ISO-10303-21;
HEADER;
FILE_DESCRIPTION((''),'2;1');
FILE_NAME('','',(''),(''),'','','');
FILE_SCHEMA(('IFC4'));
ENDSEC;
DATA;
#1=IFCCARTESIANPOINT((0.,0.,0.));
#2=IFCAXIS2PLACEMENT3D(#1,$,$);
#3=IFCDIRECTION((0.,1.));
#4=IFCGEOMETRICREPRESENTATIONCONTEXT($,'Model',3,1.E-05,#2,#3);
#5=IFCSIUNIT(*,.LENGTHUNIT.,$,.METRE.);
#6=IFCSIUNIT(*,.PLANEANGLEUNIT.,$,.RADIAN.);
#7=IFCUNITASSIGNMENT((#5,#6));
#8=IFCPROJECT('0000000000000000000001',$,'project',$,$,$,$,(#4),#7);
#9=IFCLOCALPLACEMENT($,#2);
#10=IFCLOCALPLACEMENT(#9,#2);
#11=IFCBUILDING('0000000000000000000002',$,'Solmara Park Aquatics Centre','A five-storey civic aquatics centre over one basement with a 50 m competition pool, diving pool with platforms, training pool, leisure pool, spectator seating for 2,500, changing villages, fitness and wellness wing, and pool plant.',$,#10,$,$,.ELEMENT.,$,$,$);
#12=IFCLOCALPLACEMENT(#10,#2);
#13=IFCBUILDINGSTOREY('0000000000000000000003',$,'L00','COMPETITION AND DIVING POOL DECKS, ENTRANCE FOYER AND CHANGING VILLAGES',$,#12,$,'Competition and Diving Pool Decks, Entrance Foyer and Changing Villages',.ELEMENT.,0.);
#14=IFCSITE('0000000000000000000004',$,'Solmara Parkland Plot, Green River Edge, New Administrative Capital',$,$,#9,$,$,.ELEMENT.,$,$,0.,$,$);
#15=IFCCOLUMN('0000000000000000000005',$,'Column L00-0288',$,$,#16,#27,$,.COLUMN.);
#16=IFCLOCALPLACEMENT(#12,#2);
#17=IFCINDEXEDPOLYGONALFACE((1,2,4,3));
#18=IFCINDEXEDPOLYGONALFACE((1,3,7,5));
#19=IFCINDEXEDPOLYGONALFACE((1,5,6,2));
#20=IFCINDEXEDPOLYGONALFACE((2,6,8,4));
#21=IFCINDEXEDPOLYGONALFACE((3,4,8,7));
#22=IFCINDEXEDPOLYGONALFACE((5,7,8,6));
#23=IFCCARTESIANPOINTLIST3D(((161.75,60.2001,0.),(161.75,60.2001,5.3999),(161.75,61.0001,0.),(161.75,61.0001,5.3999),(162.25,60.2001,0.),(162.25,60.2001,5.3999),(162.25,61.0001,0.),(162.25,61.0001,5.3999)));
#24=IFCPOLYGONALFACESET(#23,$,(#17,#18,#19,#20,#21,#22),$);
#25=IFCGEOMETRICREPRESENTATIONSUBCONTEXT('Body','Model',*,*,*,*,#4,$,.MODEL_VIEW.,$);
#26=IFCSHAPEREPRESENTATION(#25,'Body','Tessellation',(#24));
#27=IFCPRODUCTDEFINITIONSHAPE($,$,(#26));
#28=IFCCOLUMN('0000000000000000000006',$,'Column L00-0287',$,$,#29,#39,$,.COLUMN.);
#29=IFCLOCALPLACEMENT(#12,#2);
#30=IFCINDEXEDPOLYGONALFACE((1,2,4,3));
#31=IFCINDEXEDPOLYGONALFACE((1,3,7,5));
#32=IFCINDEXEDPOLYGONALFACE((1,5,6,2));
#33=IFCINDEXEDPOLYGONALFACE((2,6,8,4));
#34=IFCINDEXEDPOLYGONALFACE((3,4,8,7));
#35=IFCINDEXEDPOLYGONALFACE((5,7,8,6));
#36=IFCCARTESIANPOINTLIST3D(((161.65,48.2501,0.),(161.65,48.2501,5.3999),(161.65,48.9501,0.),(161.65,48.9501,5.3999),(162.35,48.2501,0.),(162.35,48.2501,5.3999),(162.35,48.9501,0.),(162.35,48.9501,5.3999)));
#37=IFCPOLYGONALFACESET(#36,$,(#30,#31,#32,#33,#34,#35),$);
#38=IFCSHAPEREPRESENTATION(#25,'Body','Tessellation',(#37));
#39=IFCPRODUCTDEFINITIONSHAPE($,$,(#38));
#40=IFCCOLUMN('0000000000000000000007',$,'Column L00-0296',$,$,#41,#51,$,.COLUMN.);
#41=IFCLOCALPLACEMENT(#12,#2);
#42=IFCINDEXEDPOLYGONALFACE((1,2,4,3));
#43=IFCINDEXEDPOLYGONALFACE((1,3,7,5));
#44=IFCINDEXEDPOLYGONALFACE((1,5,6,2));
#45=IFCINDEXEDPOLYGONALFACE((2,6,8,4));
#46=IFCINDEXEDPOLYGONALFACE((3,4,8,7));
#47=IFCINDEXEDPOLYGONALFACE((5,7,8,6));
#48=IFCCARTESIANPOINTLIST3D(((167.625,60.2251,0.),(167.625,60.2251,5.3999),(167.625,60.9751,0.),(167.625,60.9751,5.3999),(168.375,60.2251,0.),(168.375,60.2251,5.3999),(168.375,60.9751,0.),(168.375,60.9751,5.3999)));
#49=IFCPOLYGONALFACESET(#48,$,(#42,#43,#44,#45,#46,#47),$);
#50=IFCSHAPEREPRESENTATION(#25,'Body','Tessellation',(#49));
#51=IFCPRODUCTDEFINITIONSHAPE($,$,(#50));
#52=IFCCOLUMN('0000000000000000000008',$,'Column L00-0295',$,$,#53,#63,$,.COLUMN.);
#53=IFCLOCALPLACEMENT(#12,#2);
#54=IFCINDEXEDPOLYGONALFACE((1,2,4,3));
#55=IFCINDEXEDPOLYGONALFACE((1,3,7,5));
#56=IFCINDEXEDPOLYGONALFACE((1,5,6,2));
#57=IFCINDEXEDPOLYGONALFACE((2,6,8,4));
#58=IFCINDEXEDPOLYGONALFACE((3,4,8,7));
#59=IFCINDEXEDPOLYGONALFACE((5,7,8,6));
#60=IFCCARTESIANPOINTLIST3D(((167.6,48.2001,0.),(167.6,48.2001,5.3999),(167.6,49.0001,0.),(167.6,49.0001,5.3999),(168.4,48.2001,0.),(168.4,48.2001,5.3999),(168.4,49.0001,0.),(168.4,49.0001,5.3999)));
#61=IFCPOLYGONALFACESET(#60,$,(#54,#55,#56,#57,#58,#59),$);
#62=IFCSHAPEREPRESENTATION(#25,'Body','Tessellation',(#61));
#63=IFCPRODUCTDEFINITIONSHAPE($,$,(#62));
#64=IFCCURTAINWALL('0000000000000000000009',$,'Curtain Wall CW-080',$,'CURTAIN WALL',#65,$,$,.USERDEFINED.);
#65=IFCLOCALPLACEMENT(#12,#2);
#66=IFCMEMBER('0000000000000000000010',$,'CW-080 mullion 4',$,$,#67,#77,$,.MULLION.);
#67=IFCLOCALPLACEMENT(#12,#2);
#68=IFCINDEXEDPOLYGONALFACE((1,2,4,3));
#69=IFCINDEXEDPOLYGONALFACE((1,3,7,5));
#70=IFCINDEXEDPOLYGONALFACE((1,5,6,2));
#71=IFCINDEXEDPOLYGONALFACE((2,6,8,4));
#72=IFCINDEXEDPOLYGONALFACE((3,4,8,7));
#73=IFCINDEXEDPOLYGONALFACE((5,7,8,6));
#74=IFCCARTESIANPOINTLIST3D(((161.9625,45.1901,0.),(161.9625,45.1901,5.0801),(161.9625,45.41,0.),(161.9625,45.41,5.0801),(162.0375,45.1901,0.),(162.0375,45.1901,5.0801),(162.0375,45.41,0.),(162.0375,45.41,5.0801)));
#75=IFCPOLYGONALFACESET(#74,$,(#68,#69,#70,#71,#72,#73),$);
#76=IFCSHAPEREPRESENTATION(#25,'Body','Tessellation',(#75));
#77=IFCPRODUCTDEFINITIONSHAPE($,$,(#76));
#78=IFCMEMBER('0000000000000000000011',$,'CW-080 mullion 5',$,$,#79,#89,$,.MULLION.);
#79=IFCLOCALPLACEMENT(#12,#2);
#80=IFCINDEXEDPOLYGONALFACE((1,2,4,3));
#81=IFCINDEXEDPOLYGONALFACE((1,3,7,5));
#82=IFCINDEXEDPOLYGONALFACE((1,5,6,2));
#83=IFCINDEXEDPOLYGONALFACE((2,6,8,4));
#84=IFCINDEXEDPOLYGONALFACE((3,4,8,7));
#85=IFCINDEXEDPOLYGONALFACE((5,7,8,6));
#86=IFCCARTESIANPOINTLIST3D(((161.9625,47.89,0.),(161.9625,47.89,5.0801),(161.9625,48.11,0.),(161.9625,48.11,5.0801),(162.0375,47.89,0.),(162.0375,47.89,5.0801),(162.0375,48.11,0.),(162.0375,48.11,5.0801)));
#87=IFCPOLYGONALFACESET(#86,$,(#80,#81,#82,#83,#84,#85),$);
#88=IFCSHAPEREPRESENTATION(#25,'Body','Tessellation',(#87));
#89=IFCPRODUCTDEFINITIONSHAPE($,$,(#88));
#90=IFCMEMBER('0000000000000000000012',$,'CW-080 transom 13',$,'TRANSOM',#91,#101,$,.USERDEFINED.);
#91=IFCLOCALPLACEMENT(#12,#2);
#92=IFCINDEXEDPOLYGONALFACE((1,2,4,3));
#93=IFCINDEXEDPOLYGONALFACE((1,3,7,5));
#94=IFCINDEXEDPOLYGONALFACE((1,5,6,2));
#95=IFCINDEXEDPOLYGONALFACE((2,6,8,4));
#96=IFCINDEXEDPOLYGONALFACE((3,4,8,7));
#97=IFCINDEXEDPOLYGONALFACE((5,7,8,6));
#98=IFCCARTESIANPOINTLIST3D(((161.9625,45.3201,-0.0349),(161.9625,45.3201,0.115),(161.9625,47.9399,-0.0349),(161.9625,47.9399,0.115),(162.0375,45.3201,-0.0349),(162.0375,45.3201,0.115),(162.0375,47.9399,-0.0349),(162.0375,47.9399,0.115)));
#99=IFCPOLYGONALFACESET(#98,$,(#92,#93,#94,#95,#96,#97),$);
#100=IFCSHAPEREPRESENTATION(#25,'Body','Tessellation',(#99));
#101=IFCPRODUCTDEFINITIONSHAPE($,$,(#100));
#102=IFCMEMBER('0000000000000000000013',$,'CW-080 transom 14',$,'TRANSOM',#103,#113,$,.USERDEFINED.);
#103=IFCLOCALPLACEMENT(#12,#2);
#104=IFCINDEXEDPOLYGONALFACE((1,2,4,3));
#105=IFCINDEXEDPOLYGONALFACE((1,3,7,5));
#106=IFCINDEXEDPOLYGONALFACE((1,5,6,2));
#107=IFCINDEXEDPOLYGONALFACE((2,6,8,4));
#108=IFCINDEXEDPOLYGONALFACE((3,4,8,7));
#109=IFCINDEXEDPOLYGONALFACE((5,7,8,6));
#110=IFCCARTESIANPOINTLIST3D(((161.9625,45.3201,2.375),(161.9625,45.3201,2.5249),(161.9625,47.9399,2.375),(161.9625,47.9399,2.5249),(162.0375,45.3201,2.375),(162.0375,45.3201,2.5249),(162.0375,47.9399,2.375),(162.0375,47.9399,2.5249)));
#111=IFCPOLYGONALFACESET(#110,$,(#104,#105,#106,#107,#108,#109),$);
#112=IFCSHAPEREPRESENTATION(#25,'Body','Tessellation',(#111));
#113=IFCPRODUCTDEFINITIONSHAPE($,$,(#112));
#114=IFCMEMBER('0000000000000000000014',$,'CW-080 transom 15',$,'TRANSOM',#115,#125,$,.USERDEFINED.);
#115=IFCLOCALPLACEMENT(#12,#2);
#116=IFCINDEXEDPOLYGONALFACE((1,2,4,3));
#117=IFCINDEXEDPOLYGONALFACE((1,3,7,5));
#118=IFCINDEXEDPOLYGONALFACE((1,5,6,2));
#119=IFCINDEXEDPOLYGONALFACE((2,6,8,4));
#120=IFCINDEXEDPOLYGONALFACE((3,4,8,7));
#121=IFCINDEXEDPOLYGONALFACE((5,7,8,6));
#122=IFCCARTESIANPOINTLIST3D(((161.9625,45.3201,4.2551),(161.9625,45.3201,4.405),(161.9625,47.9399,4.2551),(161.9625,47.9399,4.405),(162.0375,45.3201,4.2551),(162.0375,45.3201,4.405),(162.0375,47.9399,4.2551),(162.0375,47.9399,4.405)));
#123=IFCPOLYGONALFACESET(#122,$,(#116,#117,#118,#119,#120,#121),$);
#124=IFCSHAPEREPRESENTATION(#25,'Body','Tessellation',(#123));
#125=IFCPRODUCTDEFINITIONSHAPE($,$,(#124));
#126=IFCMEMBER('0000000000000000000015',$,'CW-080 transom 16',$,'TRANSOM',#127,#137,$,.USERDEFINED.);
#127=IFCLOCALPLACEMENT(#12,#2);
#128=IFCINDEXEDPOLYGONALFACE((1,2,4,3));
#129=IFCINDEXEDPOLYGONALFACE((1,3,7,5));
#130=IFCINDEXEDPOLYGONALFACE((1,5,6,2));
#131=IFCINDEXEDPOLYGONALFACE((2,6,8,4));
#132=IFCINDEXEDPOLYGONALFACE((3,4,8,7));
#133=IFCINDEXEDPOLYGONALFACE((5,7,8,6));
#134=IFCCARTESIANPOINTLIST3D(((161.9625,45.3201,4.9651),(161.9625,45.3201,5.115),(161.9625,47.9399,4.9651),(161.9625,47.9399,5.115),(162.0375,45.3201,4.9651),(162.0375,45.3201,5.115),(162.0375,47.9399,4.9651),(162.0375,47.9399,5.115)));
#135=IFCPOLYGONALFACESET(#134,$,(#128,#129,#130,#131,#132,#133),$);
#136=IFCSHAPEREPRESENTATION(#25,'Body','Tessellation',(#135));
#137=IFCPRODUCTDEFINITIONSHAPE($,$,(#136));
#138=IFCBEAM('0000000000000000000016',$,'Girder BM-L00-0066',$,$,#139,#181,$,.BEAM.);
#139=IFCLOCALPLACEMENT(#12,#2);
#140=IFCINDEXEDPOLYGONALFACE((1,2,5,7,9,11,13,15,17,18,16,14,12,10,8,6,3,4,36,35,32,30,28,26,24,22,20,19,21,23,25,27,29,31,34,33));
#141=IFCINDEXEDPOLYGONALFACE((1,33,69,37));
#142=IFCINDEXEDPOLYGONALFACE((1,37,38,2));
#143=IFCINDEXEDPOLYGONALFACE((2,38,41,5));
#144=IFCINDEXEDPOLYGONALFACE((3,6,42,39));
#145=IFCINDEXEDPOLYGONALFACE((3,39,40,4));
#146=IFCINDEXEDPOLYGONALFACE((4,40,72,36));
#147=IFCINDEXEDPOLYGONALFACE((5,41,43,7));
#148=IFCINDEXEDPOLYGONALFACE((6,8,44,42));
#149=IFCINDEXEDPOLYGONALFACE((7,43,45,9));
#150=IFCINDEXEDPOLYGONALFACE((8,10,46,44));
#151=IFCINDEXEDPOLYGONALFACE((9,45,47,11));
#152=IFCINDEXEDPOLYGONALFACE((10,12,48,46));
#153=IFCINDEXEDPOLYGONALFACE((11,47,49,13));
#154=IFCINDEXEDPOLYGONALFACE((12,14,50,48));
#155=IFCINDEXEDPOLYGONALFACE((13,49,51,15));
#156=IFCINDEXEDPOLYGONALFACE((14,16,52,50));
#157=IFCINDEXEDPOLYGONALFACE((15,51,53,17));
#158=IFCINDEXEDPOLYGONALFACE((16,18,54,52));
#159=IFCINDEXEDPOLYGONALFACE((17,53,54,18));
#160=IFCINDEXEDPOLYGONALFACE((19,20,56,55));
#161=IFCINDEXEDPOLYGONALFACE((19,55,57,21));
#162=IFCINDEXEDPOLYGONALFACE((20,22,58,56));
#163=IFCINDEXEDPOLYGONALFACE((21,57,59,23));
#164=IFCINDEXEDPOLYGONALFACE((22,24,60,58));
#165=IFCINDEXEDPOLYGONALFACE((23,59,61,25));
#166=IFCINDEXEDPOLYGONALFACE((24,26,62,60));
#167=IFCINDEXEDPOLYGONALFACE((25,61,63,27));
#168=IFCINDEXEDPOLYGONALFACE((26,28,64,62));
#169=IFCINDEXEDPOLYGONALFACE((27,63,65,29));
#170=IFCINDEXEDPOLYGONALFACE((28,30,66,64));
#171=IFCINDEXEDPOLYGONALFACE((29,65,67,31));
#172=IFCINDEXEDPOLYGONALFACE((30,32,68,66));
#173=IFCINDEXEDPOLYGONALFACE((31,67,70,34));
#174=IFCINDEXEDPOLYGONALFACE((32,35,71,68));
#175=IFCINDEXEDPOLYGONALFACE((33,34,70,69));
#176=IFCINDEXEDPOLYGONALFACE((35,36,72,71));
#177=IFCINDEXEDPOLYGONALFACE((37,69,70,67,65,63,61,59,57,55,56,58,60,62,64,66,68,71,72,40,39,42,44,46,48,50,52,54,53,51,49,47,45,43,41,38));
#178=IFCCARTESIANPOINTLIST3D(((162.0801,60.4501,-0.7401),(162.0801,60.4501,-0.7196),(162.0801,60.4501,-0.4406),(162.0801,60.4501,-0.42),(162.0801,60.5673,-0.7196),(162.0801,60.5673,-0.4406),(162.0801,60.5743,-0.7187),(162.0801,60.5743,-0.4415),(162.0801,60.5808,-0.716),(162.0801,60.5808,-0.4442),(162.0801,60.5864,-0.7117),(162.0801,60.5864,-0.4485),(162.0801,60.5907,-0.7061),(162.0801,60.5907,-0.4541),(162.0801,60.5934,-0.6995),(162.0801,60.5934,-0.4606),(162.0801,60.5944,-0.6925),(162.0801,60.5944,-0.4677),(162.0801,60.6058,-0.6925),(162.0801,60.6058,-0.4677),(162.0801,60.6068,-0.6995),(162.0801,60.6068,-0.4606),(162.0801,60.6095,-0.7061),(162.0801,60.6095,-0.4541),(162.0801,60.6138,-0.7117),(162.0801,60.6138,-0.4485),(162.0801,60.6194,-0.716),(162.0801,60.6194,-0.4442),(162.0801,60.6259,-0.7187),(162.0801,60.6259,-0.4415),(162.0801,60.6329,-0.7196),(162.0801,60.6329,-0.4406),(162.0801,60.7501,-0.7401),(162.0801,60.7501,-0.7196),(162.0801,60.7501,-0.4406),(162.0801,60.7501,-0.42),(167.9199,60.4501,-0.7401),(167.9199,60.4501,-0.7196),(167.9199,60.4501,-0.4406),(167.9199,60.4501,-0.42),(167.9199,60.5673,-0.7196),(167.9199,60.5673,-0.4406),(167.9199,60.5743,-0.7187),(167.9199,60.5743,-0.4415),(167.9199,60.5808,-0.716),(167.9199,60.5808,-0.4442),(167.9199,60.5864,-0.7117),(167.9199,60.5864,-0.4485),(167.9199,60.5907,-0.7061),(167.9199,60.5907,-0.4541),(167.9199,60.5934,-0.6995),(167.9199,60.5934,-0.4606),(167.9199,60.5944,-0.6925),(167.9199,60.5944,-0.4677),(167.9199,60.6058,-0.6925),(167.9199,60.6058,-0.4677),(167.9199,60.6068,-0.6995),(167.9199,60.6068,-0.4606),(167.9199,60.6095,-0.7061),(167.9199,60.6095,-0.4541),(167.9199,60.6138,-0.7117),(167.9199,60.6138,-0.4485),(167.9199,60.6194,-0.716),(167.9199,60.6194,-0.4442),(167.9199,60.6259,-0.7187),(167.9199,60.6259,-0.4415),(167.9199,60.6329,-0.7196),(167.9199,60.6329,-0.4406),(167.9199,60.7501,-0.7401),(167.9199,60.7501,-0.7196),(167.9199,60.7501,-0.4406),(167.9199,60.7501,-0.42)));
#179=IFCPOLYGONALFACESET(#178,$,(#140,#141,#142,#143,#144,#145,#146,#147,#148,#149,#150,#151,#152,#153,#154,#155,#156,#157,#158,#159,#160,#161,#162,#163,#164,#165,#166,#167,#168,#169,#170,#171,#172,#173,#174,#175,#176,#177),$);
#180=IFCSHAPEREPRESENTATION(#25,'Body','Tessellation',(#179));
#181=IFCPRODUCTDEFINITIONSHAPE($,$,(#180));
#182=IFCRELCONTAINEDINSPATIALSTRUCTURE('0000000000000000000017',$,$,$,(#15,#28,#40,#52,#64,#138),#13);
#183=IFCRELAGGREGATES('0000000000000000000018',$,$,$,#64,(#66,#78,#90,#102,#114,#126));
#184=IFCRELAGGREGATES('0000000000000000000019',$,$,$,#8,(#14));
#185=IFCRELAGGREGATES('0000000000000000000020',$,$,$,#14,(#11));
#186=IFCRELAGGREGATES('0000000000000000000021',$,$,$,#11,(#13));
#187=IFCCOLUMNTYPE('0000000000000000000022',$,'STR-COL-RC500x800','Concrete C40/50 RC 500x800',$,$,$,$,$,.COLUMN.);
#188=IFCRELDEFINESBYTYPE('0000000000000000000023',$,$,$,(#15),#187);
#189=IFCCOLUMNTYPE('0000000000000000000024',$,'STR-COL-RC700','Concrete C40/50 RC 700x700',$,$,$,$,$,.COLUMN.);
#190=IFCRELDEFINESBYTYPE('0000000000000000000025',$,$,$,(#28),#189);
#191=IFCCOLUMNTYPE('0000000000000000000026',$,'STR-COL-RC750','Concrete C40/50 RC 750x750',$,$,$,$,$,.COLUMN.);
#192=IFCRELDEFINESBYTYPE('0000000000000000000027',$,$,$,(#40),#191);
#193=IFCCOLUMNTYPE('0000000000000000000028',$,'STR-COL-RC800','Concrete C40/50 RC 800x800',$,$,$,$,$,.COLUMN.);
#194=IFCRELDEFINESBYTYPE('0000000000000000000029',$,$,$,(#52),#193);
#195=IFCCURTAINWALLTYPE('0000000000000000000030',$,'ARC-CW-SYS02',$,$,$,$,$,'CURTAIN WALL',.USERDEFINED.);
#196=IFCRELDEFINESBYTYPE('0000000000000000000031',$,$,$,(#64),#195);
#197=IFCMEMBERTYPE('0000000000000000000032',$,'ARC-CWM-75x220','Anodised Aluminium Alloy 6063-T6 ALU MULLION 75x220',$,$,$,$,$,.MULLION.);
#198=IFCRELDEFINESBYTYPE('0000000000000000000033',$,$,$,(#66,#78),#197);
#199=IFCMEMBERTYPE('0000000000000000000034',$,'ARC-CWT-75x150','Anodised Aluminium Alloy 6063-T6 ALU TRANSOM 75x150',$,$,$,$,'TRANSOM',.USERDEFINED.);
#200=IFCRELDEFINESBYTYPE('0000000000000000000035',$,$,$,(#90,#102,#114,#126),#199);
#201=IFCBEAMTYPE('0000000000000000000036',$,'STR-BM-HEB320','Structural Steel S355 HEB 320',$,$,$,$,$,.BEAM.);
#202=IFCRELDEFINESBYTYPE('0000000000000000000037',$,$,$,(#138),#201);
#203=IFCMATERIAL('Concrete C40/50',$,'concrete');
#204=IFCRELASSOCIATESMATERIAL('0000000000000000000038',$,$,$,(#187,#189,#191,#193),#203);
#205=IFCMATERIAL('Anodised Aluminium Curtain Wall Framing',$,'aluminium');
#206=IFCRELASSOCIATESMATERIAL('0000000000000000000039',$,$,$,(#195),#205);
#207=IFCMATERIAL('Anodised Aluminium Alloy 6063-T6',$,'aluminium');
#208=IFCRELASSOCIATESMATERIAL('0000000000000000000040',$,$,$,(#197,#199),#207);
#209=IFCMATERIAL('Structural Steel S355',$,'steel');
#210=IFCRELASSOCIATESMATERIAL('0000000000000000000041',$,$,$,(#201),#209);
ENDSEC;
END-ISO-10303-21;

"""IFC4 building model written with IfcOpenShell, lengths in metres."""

from ifc_helpers import new_model, si_unit, direction, frame, origin, origin_2d, place, context, subcontext, project, spatial, rectangle, i_section, extrude, material, material_profile, profile_set, type_object, element, aggregate, save


model = new_model("IFC4")

# Units and contexts
model_context = context("Model", 3, precision=1e-05, world=origin(), true_north=direction((0.0, 1.0)))
body_context = subcontext(model_context, "Body", "Model", "MODEL_VIEW")
ifc_project = project(units=[si_unit("LENGTHUNIT", "METRE"), si_unit("PLANEANGLEUNIT", "RADIAN")], contexts=[model_context])

# Site, building, storey
site_placement = place(None, origin())
site = spatial("IfcSite", under=ifc_project, at=site_placement, Name="Solmara Parkland Plot, Green River Edge, New Administrative Capital", CompositionType="ELEMENT", RefElevation=0.0)
building_placement = place(site_placement, origin())
building = spatial("IfcBuilding", under=site, at=building_placement, Name="Solmara Park Aquatics Centre", Description="A five-storey civic aquatics centre over one basement with a 50 m competition pool, diving pool with platforms, training pool, leisure pool, spectator seating for 2,500, changing villages, fitness and wellness wing, and pool plant.", CompositionType="ELEMENT")
storey_placement = place(building_placement, origin())
storey = spatial("IfcBuildingStorey", under=building, at=storey_placement, Name="L00", Description="COMPETITION AND DIVING POOL DECKS, ENTRANCE FOYER AND CHANGING VILLAGES", LongName="Competition and Diving Pool Decks, Entrance Foyer and Changing Villages", CompositionType="ELEMENT", Elevation=0.0)

# Columns
ifc_material_1 = material(Name="Concrete C40/50", Category="concrete")
ifc_material_profile_1 = material_profile(ifc_material_1, rectangle(XDim=0.5, YDim=0.8, at=origin_2d()), Name="RC 500x800")
ifc_profile_set_1 = profile_set([ifc_material_profile_1], Name="Concrete C40/50")
column_type_1 = type_object("IfcColumnType", Name="STR-COL-RC500x800", Description="Concrete C40/50 RC 500x800", PredefinedType="COLUMN", material=ifc_profile_set_1)
column_1_placement = place(storey_placement, frame((162.0, 60.6001, 0.0), z_axis=(0.0, 0.0, 1.0), x_axis=(1.0, 0.0, 0.0)))
element("IfcColumn", 1, at=column_1_placement, inside=storey, type_object=column_type_1, Name="Column L00-0288", PredefinedType="COLUMN", context=body_context, shape_type="SweptSolid", body=[
    extrude(rectangle(XDim=0.5, YDim=0.8, at=origin_2d()), origin(), (0.0, 0.0, 1.0), 5.3999),
])
ifc_material_profile_2 = material_profile(ifc_material_1, rectangle(XDim=0.7, YDim=0.7, at=origin_2d()), Name="RC 700x700")
ifc_profile_set_2 = profile_set([ifc_material_profile_2], Name="Concrete C40/50")
column_type_2 = type_object("IfcColumnType", Name="STR-COL-RC700", Description="Concrete C40/50 RC 700x700", PredefinedType="COLUMN", material=ifc_profile_set_2)
column_2_placement = place(storey_placement, frame((162.0, 48.6001, 0.0), z_axis=(0.0, 0.0, 1.0), x_axis=(1.0, 0.0, 0.0)))
element("IfcColumn", 2, at=column_2_placement, inside=storey, type_object=column_type_2, Name="Column L00-0287", PredefinedType="COLUMN", context=body_context, shape_type="SweptSolid", body=[
    extrude(rectangle(XDim=0.7, YDim=0.7, at=origin_2d()), origin(), (0.0, 0.0, 1.0), 5.3999),
])
ifc_material_profile_3 = material_profile(ifc_material_1, rectangle(XDim=0.75, YDim=0.75, at=origin_2d()), Name="RC 750x750")
ifc_profile_set_3 = profile_set([ifc_material_profile_3], Name="Concrete C40/50")
column_type_3 = type_object("IfcColumnType", Name="STR-COL-RC750", Description="Concrete C40/50 RC 750x750", PredefinedType="COLUMN", material=ifc_profile_set_3)
column_3_placement = place(storey_placement, frame((168.0, 60.6001, 0.0), z_axis=(0.0, 0.0, 1.0), x_axis=(1.0, 0.0, 0.0)))
element("IfcColumn", 3, at=column_3_placement, inside=storey, type_object=column_type_3, Name="Column L00-0296", PredefinedType="COLUMN", context=body_context, shape_type="SweptSolid", body=[
    extrude(rectangle(XDim=0.75, YDim=0.75, at=origin_2d()), origin(), (0.0, 0.0, 1.0), 5.3999),
])
ifc_material_profile_4 = material_profile(ifc_material_1, rectangle(XDim=0.8, YDim=0.8, at=origin_2d()), Name="RC 800x800")
ifc_profile_set_4 = profile_set([ifc_material_profile_4], Name="Concrete C40/50")
column_type_4 = type_object("IfcColumnType", Name="STR-COL-RC800", Description="Concrete C40/50 RC 800x800", PredefinedType="COLUMN", material=ifc_profile_set_4)
column_4_placement = place(storey_placement, frame((168.0, 48.6001, 0.0), z_axis=(0.0, 0.0, 1.0), x_axis=(1.0, 0.0, 0.0)))
element("IfcColumn", 4, at=column_4_placement, inside=storey, type_object=column_type_4, Name="Column L00-0295", PredefinedType="COLUMN", context=body_context, shape_type="SweptSolid", body=[
    extrude(rectangle(XDim=0.8, YDim=0.8, at=origin_2d()), origin(), (0.0, 0.0, 1.0), 5.3999),
])

# Curtain wall, members
ifc_material_2 = material(Name="Anodised Aluminium Curtain Wall Framing", Category="aluminium")
curtain_wall_type = type_object("IfcCurtainWallType", Name="ARC-CW-SYS02", ElementType="CURTAIN WALL", PredefinedType="USERDEFINED", material=ifc_material_2)
curtain_wall_placement = place(storey_placement, origin())
curtain_wall = element("IfcCurtainWall", 5, at=curtain_wall_placement, inside=storey, type_object=curtain_wall_type, Name="Curtain Wall CW-080", ObjectType="CURTAIN WALL", PredefinedType="USERDEFINED")
ifc_material_3 = material(Name="Anodised Aluminium Alloy 6063-T6", Category="aluminium")
ifc_material_profile_5 = material_profile(ifc_material_3, rectangle(XDim=0.075, YDim=0.22, at=origin_2d()), Name="ALU MULLION 75x220")
ifc_profile_set_5 = profile_set([ifc_material_profile_5], Name="Anodised Aluminium Alloy 6063-T6")
member_type_1 = type_object("IfcMemberType", Name="ARC-CWM-75x220", Description="Anodised Aluminium Alloy 6063-T6 ALU MULLION 75x220", PredefinedType="MULLION", material=ifc_profile_set_5)
member_1_placement = place(storey_placement, frame((162.0, 45.3, 0.0), z_axis=(0.0, 0.0, 1.0), x_axis=(1.0, 0.0, 0.0)))
member_1 = element("IfcMember", 6, at=member_1_placement, type_object=member_type_1, Name="CW-080 mullion 4", PredefinedType="MULLION", context=body_context, shape_type="SweptSolid", body=[
    extrude(rectangle(XDim=0.075, YDim=0.22, at=origin_2d()), origin(), (0.0, 0.0, 1.0), 5.0801),
])
member_2_placement = place(storey_placement, frame((162.0, 48.0, 0.0), z_axis=(0.0, 0.0, 1.0), x_axis=(1.0, 0.0, 0.0)))
member_2 = element("IfcMember", 7, at=member_2_placement, type_object=member_type_1, Name="CW-080 mullion 5", PredefinedType="MULLION", context=body_context, shape_type="SweptSolid", body=[
    extrude(rectangle(XDim=0.075, YDim=0.22, at=origin_2d()), origin(), (0.0, 0.0, 1.0), 5.0801),
])
ifc_material_profile_6 = material_profile(ifc_material_3, rectangle(XDim=0.075, YDim=0.1499, at=origin_2d()), Name="ALU TRANSOM 75x150")
ifc_profile_set_6 = profile_set([ifc_material_profile_6], Name="Anodised Aluminium Alloy 6063-T6")
member_type_2 = type_object("IfcMemberType", Name="ARC-CWT-75x150", Description="Anodised Aluminium Alloy 6063-T6 ALU TRANSOM 75x150", ElementType="TRANSOM", PredefinedType="USERDEFINED", material=ifc_profile_set_6)
member_3_placement = place(storey_placement, frame((162.0, 45.3201, 0.04), z_axis=(0.0, 1.0, 0.0), x_axis=(-1.0, 0.0, 0.0)))
member_3 = element("IfcMember", 8, at=member_3_placement, type_object=member_type_2, Name="CW-080 transom 13", ObjectType="TRANSOM", PredefinedType="USERDEFINED", context=body_context, shape_type="SweptSolid", body=[
    extrude(rectangle(XDim=0.075, YDim=0.1499, at=origin_2d()), origin(), (0.0, 0.0, 1.0), 2.6199),
])
member_4_placement = place(storey_placement, frame((162.0, 45.3201, 2.45), z_axis=(0.0, 1.0, 0.0), x_axis=(-1.0, 0.0, 0.0)))
member_4 = element("IfcMember", 9, at=member_4_placement, type_object=member_type_2, Name="CW-080 transom 14", ObjectType="TRANSOM", PredefinedType="USERDEFINED", context=body_context, shape_type="SweptSolid", body=[
    extrude(rectangle(XDim=0.075, YDim=0.1499, at=origin_2d()), origin(), (0.0, 0.0, 1.0), 2.6199),
])
member_5_placement = place(storey_placement, frame((162.0, 45.3201, 4.3301), z_axis=(0.0, 1.0, 0.0), x_axis=(-1.0, 0.0, 0.0)))
member_5 = element("IfcMember", 10, at=member_5_placement, type_object=member_type_2, Name="CW-080 transom 15", ObjectType="TRANSOM", PredefinedType="USERDEFINED", context=body_context, shape_type="SweptSolid", body=[
    extrude(rectangle(XDim=0.075, YDim=0.1499, at=origin_2d()), origin(), (0.0, 0.0, 1.0), 2.6199),
])
member_6_placement = place(storey_placement, frame((162.0, 45.3201, 5.04), z_axis=(0.0, 1.0, 0.0), x_axis=(-1.0, 0.0, 0.0)))
member_6 = element("IfcMember", 11, at=member_6_placement, type_object=member_type_2, Name="CW-080 transom 16", ObjectType="TRANSOM", PredefinedType="USERDEFINED", context=body_context, shape_type="SweptSolid", body=[
    extrude(rectangle(XDim=0.075, YDim=0.1499, at=origin_2d()), origin(), (0.0, 0.0, 1.0), 2.6199),
])

# Beam
ifc_material_4 = material(Name="Structural Steel S355", Category="steel")
ifc_material_profile_7 = material_profile(ifc_material_4, i_section(OverallWidth=0.3, OverallDepth=0.3201, WebThickness=0.0115, FlangeThickness=0.0205, FilletRadius=0.0271, at=origin_2d()), Name="HEB 320")
ifc_profile_set_7 = profile_set([ifc_material_profile_7], Name="Structural Steel S355")
beam_type_1 = type_object("IfcBeamType", Name="STR-BM-HEB320", Description="Structural Steel S355 HEB 320", PredefinedType="BEAM", material=ifc_profile_set_7)
beam_1_placement = place(storey_placement, frame((162.0801, 60.6001, -0.5801), z_axis=(1.0, 0.0, 0.0), x_axis=(0.0, 1.0, 0.0)))
element("IfcBeam", 12, at=beam_1_placement, inside=storey, type_object=beam_type_1, Name="Girder BM-L00-0066", PredefinedType="BEAM", context=body_context, shape_type="SweptSolid", body=[
    extrude(i_section(OverallWidth=0.3, OverallDepth=0.3201, WebThickness=0.0115, FlangeThickness=0.0205, FilletRadius=0.0271, at=origin_2d()), origin(), (0.0, 0.0, 1.0), 5.8398),
])

aggregate(curtain_wall, [member_1, member_2, member_3, member_4, member_5, member_6])

save(model, "model.ifc")
